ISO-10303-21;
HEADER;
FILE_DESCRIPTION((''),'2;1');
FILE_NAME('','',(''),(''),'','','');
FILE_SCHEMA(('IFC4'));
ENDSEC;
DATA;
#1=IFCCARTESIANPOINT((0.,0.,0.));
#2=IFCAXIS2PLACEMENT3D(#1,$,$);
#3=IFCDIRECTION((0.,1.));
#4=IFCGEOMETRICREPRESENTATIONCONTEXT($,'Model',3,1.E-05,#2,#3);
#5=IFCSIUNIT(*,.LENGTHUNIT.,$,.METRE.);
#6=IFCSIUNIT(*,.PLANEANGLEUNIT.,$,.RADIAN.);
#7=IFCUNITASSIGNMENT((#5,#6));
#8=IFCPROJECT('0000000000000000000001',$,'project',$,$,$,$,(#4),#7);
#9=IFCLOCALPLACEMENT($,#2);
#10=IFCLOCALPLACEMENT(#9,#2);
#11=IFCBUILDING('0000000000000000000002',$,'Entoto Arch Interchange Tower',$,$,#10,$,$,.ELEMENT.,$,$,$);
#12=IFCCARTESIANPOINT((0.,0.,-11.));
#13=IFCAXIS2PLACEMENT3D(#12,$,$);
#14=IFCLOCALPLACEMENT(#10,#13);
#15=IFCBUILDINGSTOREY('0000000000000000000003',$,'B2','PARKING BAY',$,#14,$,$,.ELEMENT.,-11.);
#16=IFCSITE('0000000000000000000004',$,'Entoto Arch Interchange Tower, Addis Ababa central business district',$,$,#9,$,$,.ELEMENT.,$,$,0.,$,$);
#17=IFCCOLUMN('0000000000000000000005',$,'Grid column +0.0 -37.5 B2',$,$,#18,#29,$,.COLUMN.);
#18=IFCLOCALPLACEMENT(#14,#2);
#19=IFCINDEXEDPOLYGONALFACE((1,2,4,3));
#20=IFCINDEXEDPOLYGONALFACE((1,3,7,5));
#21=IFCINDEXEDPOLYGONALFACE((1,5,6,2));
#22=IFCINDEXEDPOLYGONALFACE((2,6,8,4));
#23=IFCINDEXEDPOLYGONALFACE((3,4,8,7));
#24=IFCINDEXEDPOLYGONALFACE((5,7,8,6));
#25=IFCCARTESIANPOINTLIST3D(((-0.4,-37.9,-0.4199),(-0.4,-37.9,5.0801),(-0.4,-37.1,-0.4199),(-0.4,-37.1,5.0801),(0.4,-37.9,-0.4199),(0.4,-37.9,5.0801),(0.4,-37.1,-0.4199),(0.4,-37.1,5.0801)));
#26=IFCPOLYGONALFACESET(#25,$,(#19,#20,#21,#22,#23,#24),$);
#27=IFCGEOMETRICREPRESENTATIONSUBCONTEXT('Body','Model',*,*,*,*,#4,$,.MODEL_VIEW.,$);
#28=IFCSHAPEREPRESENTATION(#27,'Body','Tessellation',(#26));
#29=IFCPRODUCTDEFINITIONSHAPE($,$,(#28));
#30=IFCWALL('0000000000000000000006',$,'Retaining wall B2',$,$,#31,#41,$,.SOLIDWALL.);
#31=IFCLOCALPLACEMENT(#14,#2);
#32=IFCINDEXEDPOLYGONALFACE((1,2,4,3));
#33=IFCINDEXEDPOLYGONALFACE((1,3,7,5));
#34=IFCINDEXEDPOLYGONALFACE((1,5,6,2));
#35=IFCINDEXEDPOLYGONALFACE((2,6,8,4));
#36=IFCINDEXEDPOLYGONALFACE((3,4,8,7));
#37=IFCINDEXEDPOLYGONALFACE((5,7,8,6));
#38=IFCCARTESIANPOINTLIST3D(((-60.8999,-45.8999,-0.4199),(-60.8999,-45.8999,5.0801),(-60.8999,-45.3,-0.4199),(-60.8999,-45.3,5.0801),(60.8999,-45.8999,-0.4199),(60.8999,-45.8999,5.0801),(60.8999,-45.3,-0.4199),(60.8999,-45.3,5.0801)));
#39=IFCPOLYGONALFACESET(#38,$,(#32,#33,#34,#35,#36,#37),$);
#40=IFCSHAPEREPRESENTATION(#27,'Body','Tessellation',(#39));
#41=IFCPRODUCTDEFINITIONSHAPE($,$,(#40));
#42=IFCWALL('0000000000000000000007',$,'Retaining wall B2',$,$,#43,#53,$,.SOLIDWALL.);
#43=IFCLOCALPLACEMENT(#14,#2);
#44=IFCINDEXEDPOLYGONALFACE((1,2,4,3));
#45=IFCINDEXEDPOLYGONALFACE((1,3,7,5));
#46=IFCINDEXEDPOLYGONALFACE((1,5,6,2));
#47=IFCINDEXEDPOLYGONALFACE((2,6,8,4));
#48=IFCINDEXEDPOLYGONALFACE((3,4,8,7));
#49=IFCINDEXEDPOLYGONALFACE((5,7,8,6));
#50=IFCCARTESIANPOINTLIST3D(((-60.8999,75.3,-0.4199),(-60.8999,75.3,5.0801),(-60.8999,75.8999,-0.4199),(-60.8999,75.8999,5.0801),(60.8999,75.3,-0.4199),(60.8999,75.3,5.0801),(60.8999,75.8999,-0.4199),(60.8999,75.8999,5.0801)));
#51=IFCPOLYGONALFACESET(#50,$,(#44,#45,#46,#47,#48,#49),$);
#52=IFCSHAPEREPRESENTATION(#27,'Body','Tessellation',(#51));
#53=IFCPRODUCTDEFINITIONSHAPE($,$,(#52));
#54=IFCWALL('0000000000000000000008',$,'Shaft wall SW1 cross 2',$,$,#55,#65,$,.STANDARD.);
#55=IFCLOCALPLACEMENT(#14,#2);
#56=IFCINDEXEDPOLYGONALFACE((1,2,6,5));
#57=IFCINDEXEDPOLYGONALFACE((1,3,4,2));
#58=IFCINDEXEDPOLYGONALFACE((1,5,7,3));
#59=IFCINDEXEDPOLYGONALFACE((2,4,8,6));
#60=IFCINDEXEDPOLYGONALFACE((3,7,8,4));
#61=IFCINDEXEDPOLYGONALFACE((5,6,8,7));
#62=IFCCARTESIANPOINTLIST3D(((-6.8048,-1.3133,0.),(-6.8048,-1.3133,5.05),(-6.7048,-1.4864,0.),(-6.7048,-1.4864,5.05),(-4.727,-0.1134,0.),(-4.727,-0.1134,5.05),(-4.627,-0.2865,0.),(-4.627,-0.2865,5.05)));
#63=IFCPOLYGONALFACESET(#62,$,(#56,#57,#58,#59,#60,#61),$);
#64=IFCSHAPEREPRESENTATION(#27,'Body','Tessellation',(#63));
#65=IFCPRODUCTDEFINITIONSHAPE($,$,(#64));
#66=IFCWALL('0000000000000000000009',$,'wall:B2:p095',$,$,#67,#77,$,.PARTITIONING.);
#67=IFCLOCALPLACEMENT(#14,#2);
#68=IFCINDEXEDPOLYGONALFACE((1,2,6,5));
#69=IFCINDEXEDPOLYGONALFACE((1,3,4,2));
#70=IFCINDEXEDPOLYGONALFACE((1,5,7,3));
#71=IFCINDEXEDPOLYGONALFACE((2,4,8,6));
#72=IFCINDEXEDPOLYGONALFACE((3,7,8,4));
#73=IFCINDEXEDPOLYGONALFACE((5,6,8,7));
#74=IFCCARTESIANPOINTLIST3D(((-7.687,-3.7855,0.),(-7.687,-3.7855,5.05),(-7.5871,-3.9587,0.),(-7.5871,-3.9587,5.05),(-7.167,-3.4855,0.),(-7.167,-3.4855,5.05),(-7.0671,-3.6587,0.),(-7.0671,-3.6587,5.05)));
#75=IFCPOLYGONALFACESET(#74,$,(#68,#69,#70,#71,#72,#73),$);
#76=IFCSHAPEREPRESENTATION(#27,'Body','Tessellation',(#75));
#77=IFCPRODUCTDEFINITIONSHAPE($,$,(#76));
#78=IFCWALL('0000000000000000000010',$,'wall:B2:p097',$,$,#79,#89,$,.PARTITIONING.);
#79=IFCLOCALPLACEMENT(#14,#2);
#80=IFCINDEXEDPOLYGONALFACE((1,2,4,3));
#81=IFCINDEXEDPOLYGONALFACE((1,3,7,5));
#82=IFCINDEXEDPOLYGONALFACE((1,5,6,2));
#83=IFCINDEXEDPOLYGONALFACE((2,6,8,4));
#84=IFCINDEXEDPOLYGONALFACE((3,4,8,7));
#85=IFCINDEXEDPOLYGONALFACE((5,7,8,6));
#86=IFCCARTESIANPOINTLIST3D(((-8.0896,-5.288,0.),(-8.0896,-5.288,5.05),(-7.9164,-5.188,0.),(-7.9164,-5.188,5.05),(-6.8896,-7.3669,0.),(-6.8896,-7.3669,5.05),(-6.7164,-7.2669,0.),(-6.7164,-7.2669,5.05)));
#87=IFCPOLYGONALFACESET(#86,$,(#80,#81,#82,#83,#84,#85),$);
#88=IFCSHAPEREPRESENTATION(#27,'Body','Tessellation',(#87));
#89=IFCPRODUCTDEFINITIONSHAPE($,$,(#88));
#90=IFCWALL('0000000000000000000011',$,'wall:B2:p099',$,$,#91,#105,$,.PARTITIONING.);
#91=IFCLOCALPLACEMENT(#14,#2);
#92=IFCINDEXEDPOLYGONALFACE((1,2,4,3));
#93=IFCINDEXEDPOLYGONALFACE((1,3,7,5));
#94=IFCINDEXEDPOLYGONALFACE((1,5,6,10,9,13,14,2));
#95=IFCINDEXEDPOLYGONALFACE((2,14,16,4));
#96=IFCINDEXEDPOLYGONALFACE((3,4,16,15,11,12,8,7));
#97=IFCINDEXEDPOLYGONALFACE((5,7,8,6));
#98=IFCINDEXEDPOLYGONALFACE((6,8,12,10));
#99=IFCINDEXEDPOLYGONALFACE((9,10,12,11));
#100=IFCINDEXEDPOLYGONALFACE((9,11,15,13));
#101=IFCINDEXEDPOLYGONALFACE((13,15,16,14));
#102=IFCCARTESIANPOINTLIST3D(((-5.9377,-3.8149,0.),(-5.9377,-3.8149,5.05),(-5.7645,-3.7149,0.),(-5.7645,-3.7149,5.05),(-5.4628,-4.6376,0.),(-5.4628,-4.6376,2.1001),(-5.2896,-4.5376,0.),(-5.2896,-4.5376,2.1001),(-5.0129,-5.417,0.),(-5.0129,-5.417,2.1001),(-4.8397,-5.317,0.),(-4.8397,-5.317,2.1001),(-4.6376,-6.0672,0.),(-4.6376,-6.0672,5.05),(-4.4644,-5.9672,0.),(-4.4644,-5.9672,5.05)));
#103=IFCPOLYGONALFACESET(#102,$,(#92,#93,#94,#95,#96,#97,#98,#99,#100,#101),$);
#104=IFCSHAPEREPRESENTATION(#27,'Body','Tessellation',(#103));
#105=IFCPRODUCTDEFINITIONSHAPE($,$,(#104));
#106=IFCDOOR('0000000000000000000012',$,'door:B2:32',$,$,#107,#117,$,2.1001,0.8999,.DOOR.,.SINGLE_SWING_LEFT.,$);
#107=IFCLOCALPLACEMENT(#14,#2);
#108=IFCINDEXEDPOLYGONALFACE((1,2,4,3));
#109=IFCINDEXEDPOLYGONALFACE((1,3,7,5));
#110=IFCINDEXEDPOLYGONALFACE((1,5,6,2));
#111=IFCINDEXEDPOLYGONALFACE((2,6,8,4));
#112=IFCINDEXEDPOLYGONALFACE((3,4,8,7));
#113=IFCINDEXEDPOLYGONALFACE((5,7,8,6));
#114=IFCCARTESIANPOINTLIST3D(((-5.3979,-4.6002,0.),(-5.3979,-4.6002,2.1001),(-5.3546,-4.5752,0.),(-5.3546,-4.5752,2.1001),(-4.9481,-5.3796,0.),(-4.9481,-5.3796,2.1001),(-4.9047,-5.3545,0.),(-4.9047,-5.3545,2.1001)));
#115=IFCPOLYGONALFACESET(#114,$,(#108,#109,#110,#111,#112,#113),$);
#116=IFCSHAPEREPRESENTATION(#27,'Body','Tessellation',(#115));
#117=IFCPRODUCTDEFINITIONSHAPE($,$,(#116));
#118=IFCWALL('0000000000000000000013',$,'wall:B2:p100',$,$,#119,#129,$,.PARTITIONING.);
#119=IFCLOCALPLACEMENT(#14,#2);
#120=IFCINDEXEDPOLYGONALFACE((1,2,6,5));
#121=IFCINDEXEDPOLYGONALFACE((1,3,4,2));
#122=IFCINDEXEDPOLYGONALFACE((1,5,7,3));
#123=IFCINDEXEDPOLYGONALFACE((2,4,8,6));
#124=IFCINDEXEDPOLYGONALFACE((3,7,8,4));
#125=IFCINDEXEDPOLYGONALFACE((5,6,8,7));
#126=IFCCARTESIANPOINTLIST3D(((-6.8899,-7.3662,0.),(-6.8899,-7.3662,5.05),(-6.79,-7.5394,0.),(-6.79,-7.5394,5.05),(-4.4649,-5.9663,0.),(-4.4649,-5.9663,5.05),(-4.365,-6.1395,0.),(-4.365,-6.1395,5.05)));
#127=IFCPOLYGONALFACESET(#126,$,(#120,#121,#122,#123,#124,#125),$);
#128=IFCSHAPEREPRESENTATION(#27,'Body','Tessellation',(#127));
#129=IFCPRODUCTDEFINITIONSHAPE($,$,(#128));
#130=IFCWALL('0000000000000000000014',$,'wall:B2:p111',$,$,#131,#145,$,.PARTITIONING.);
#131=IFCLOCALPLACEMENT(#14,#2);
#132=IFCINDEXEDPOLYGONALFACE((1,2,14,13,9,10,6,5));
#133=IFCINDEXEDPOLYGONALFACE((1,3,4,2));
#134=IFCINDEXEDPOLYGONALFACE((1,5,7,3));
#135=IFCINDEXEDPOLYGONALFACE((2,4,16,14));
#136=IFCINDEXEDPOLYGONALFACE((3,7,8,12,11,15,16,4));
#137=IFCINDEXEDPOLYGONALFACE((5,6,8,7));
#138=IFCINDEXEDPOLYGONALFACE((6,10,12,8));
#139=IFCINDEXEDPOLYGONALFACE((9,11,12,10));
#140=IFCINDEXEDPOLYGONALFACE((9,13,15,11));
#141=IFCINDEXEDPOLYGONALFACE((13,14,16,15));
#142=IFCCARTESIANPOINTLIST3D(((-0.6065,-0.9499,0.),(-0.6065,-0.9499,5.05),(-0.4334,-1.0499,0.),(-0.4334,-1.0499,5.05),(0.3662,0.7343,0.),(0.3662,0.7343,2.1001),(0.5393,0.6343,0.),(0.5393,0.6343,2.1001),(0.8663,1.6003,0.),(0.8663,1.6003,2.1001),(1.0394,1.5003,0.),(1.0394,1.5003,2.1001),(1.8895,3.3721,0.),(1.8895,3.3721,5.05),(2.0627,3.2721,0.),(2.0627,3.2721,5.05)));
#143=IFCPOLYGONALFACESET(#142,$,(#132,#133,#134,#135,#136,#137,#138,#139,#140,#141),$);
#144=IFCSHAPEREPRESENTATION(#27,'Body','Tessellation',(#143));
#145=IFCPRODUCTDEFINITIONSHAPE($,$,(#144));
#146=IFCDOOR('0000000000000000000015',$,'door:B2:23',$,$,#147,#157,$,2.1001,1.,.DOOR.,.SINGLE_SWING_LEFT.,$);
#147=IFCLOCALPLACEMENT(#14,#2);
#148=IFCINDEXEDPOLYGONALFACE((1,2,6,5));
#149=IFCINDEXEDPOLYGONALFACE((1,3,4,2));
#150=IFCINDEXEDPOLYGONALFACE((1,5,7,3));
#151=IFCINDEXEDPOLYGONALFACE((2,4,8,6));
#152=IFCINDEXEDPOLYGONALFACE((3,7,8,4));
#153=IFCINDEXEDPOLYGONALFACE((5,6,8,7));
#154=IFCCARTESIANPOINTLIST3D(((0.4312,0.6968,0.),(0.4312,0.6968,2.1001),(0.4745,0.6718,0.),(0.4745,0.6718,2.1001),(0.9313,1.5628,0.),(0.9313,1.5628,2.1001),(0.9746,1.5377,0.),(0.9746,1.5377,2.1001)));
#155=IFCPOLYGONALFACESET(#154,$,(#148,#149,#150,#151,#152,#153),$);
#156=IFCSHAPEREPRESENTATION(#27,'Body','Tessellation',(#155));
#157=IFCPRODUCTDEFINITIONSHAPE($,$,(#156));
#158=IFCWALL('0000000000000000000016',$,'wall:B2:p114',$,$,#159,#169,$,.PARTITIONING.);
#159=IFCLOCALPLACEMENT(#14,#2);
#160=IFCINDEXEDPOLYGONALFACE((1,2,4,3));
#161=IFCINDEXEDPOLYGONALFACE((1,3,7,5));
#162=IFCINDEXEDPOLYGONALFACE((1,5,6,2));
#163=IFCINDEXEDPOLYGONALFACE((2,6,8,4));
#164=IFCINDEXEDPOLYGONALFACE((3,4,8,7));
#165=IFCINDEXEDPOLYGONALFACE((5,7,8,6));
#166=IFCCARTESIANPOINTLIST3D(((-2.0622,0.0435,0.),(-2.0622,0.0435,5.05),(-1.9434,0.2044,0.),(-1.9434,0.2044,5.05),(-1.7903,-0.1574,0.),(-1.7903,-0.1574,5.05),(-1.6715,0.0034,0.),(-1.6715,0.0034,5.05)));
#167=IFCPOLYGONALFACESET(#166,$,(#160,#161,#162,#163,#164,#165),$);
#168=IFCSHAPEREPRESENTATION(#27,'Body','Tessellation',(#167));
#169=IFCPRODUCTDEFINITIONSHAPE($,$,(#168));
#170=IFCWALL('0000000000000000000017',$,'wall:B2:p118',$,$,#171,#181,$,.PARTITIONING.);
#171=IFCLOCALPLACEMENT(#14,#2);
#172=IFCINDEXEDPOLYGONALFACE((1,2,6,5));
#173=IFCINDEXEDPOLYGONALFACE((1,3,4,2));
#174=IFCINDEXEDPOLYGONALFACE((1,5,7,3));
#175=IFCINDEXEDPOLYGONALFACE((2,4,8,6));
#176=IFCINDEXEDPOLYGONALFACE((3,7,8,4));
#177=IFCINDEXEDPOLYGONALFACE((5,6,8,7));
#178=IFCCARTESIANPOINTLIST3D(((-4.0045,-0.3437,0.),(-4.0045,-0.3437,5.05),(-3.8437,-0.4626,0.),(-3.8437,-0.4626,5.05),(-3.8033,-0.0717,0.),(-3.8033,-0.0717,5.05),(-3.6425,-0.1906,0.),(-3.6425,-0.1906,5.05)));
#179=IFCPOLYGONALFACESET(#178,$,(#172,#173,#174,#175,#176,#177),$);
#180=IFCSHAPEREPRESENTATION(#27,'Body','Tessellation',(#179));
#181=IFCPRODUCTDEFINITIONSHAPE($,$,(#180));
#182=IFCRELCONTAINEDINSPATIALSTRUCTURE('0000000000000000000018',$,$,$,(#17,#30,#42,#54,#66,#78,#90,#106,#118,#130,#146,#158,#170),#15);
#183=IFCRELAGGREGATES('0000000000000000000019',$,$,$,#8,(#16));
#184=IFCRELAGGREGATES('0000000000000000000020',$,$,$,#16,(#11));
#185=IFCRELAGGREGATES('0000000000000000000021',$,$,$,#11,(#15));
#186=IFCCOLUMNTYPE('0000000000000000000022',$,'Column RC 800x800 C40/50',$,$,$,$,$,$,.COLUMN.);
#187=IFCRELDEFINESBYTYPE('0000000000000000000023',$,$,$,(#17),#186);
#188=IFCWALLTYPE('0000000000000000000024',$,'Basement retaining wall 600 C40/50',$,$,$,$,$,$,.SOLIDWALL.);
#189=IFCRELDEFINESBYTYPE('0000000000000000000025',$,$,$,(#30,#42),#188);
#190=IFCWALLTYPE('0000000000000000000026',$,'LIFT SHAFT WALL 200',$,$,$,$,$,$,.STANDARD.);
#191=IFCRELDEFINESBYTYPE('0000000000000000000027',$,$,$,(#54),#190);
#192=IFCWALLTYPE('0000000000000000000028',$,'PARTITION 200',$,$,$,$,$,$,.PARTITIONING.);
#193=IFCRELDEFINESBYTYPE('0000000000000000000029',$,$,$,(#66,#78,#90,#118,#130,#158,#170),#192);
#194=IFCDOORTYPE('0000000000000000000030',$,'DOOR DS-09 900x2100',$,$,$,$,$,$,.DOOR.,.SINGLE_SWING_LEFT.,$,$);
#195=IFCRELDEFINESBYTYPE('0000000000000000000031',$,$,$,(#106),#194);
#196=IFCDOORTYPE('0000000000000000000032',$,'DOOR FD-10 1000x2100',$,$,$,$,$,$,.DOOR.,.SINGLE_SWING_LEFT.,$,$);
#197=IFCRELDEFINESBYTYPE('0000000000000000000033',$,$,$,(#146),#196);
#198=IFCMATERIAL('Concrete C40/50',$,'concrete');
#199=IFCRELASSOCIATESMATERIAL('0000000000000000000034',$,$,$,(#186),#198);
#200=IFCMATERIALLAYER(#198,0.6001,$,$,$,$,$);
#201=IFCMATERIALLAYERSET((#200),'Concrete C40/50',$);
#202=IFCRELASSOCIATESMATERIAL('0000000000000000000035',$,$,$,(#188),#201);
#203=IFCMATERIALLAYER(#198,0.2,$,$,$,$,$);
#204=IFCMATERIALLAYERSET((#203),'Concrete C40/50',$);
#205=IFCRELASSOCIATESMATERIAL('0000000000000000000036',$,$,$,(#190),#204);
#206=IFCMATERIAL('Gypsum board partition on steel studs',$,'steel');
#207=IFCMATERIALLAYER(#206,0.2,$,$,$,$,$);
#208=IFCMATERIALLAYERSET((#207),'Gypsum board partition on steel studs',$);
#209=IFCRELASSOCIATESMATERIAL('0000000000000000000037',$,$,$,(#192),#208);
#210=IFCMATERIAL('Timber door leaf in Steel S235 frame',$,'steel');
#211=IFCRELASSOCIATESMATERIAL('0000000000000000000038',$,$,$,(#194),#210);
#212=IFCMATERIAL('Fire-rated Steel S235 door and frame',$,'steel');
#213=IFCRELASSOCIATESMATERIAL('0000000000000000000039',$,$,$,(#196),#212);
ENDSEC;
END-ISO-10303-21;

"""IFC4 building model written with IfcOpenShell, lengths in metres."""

from ifc_helpers import new_model, si_unit, direction, frame, frame_2d, origin, origin_2d, place, context, subcontext, project, spatial, polyline, rectangle, outline, extrude, material, layer, layer_set, material_profile, profile_set, type_object, element, fill, save


model = new_model("IFC4")

# Units and contexts
model_context = context("Model", 3, precision=1e-05, world=origin(), true_north=direction((0.0, 1.0)))
body_context = subcontext(model_context, "Body", "Model", "MODEL_VIEW")
ifc_project = project(units=[si_unit("LENGTHUNIT", "METRE"), si_unit("PLANEANGLEUNIT", "RADIAN")], contexts=[model_context])

# Site, building, storey
site_placement = place(None, origin())
site = spatial("IfcSite", under=ifc_project, at=site_placement, Name="Entoto Arch Interchange Tower, Addis Ababa central business district", CompositionType="ELEMENT", RefElevation=0.0)
building_placement = place(site_placement, origin())
building = spatial("IfcBuilding", under=site, at=building_placement, Name="Entoto Arch Interchange Tower", CompositionType="ELEMENT")
storey_placement = place(building_placement, frame((0.0, 0.0, -11.0)))
storey = spatial("IfcBuildingStorey", under=building, at=storey_placement, Name="B2", Description="PARKING BAY", CompositionType="ELEMENT", Elevation=-11.0)

# Column
ifc_material_1 = material(Name="Concrete C40/50", Category="concrete")
ifc_material_profile = material_profile(ifc_material_1, rectangle(XDim=0.8, YDim=0.8, at=origin_2d()))
ifc_profile_set = profile_set([ifc_material_profile], Name="Concrete C40/50")
column_type = type_object("IfcColumnType", Name="Column RC 800x800 C40/50", PredefinedType="COLUMN", material=ifc_profile_set)
column_placement = place(storey_placement, frame((0.0, -37.5, -0.4199), z_axis=(0.0, 0.0, 1.0), x_axis=(1.0, 0.0, 0.0)))
element("IfcColumn", 1, at=column_placement, inside=storey, type_object=column_type, Name="Grid column +0.0 -37.5 B2", PredefinedType="COLUMN", context=body_context, shape_type="SweptSolid", body=[
    extrude(rectangle(XDim=0.8, YDim=0.8, at=origin_2d()), origin(), (0.0, 0.0, 1.0), 5.5),
])

# Walls
ifc_layer_1 = layer(ifc_material_1, 0.6001)
ifc_layer_set_1 = layer_set([ifc_layer_1], Name="Concrete C40/50")
wall_type_1 = type_object("IfcWallType", Name="Basement retaining wall 600 C40/50", PredefinedType="SOLIDWALL", material=ifc_layer_set_1)
wall_1_placement = place(storey_placement, frame((0.0, 0.0, -0.4199)))
element("IfcWall", 2, at=wall_1_placement, inside=storey, type_object=wall_type_1, Name="Retaining wall B2", PredefinedType="SOLIDWALL", context=body_context, shape_type="SweptSolid", body=[
    extrude(outline(polyline([(60.8999, -45.8999), (60.8999, -45.3), (-60.8999, -45.3), (-60.8999, -45.8999), (60.8999, -45.8999)])), origin(), (0.0, 0.0, 1.0), 5.5),
])
wall_2_placement = place(storey_placement, frame((0.0, 0.0, -0.4199)))
element("IfcWall", 3, at=wall_2_placement, inside=storey, type_object=wall_type_1, Name="Retaining wall B2", PredefinedType="SOLIDWALL", context=body_context, shape_type="SweptSolid", body=[
    extrude(outline(polyline([(60.8999, 75.3), (60.8999, 75.8999), (-60.8999, 75.8999), (-60.8999, 75.3), (60.8999, 75.3)])), origin(), (0.0, 0.0, 1.0), 5.5),
])
ifc_layer_2 = layer(ifc_material_1, 0.2)
ifc_layer_set_2 = layer_set([ifc_layer_2], Name="Concrete C40/50")
wall_type_2 = type_object("IfcWallType", Name="LIFT SHAFT WALL 200", PredefinedType="STANDARD", material=ifc_layer_set_2)
wall_3_placement = place(storey_placement, frame((-4.677, -0.2, 0.0), z_axis=(0.0, 0.0, 1.0), x_axis=(-0.865974, -0.500089, 0.0)))
element("IfcWall", 4, at=wall_3_placement, inside=storey, type_object=wall_type_2, Name="Shaft wall SW1 cross 2", PredefinedType="STANDARD", context=body_context, shape_type="SweptSolid", body=[
    extrude(rectangle(XDim=2.3994, YDim=0.2, at=frame_2d((1.1997, 0.0))), origin(), (0.0, 0.0, 1.0), 5.05),
])
ifc_material_2 = material(Name="Gypsum board partition on steel studs", Category="steel")
ifc_layer_3 = layer(ifc_material_2, 0.2)
ifc_layer_set_3 = layer_set([ifc_layer_3], Name="Gypsum board partition on steel studs")
wall_type_3 = type_object("IfcWallType", Name="PARTITION 200", PredefinedType="PARTITIONING", material=ifc_layer_set_3)
wall_4_placement = place(storey_placement, frame((-7.1169, -3.572, 0.0), z_axis=(0.0, 0.0, 1.0), x_axis=(-0.866159, -0.499769, 0.0)))
element("IfcWall", 5, at=wall_4_placement, inside=storey, type_object=wall_type_3, Name="wall:B2:p095", PredefinedType="PARTITIONING", context=body_context, shape_type="SweptSolid", body=[
    extrude(rectangle(XDim=0.6003, YDim=0.2, at=frame_2d((0.3003, 0.0))), origin(), (0.0, 0.0, 1.0), 5.05),
])
wall_5_placement = place(storey_placement, frame((-6.803, -7.3169, 0.0), z_axis=(0.0, 0.0, 1.0), x_axis=(-0.499913, 0.866075, 0.0)))
element("IfcWall", 6, at=wall_5_placement, inside=storey, type_object=wall_type_3, Name="wall:B2:p097", PredefinedType="PARTITIONING", context=body_context, shape_type="SweptSolid", body=[
    extrude(rectangle(XDim=2.4004, YDim=0.2, at=frame_2d((1.2002, 0.0))), origin(), (0.0, 0.0, 1.0), 5.05),
])

# Wall, opening, door
wall_6_placement = place(storey_placement, frame((-5.8511, -3.7649, 0.0), z_axis=(0.0, 0.0, 1.0), x_axis=(0.499926, -0.866068, 0.0)))
wall_6 = element("IfcWall", 7, at=wall_6_placement, inside=storey, type_object=wall_type_3, Name="wall:B2:p099", PredefinedType="PARTITIONING", context=body_context, shape_type="SweptSolid", body=[
    extrude(rectangle(XDim=2.6006, YDim=0.2, at=frame_2d((1.3003, 0.0))), origin(), (0.0, 0.0, 1.0), 5.05),
])
opening_1_placement = place(wall_6_placement, frame((0.95, 0.0, 0.0)))
opening_1 = element("IfcOpeningElement", 8, at=opening_1_placement, cuts=wall_6, PredefinedType="OPENING", context=body_context, shape_type="SweptSolid", body=[
    extrude(rectangle(XDim=0.8999, YDim=2.1001, at=frame_2d((0.45, 1.05))), frame((0.0, 0.1099, 0.0), z_axis=(0.0, -1.0, 0.0), x_axis=(1.0, 0.0, 0.0)), (0.0, 0.0, 1.0), 0.22),
])
ifc_material_3 = material(Name="Timber door leaf in Steel S235 frame", Category="steel")
door_type_1 = type_object("IfcDoorType", Name="DOOR DS-09 900x2100", OperationType="SINGLE_SWING_LEFT", PredefinedType="DOOR", material=ifc_material_3)
door_1_placement = place(opening_1_placement, origin())
door_1 = element("IfcDoor", 9, at=door_1_placement, inside=storey, type_object=door_type_1, Name="door:B2:32", OperationType="SINGLE_SWING_LEFT", OverallHeight=2.1001, OverallWidth=0.8999, PredefinedType="DOOR", context=body_context, shape_type="SweptSolid", body=[
    extrude(rectangle(XDim=0.8999, YDim=2.1001, at=frame_2d((0.45, 1.05))), frame((0.0, 0.0249, 0.0), z_axis=(0.0, -1.0, 0.0), x_axis=(1.0, 0.0, 0.0)), (0.0, 0.0, 1.0), 0.05),
])
fill(opening_1, door_1)

# Wall
wall_7_placement = place(storey_placement, frame((-4.415, -6.053, 0.0), z_axis=(0.0, 0.0, 1.0), x_axis=(-0.866056, -0.499946, 0.0)))
element("IfcWall", 10, at=wall_7_placement, inside=storey, type_object=wall_type_3, Name="wall:B2:p100", PredefinedType="PARTITIONING", context=body_context, shape_type="SweptSolid", body=[
    extrude(rectangle(XDim=2.8, YDim=0.2, at=frame_2d((1.3999, 0.0))), origin(), (0.0, 0.0, 1.0), 5.05),
])

# Wall, opening, door
wall_8_placement = place(storey_placement, frame((-0.52, -1.0, 0.0), z_axis=(0.0, 0.0, 1.0), x_axis=(0.500116, 0.865958, 0.0)))
wall_8 = element("IfcWall", 11, at=wall_8_placement, inside=storey, type_object=wall_type_3, Name="wall:B2:p111", PredefinedType="PARTITIONING", context=body_context, shape_type="SweptSolid", body=[
    extrude(rectangle(XDim=4.991, YDim=0.2, at=frame_2d((2.4956, 0.0))), origin(), (0.0, 0.0, 1.0), 5.05),
])
opening_2_placement = place(wall_8_placement, frame((1.9451, 0.0, 0.0)))
opening_2 = element("IfcOpeningElement", 12, at=opening_2_placement, cuts=wall_8, PredefinedType="OPENING", context=body_context, shape_type="SweptSolid", body=[
    extrude(rectangle(XDim=1.0, YDim=2.1001, at=frame_2d((0.5, 1.05))), frame((0.0, 0.1099, 0.0), z_axis=(0.0, -1.0, 0.0), x_axis=(1.0, 0.0, 0.0)), (0.0, 0.0, 1.0), 0.22),
])
ifc_material_4 = material(Name="Fire-rated Steel S235 door and frame", Category="steel")
door_type_2 = type_object("IfcDoorType", Name="DOOR FD-10 1000x2100", OperationType="SINGLE_SWING_LEFT", PredefinedType="DOOR", material=ifc_material_4)
door_2_placement = place(opening_2_placement, origin())
door_2 = element("IfcDoor", 13, at=door_2_placement, inside=storey, type_object=door_type_2, Name="door:B2:23", OperationType="SINGLE_SWING_LEFT", OverallHeight=2.1001, OverallWidth=1.0, PredefinedType="DOOR", context=body_context, shape_type="SweptSolid", body=[
    extrude(rectangle(XDim=1.0, YDim=2.1001, at=frame_2d((0.5, 1.05))), frame((0.0, 0.0249, 0.0), z_axis=(0.0, -1.0, 0.0), x_axis=(1.0, 0.0, 0.0)), (0.0, 0.0, 1.0), 0.05),
])
fill(opening_2, door_2)

# Walls
wall_9_placement = place(storey_placement, frame((-1.731, -0.0769, 0.0), z_axis=(0.0, 0.0, 1.0), x_axis=(-0.804311, 0.594208, 0.0)))
element("IfcWall", 14, at=wall_9_placement, inside=storey, type_object=wall_type_3, Name="wall:B2:p114", PredefinedType="PARTITIONING", context=body_context, shape_type="SweptSolid", body=[
    extrude(rectangle(XDim=0.3381, YDim=0.2, at=frame_2d((0.1689, 0.0))), origin(), (0.0, 0.0, 1.0), 5.05),
])
wall_10_placement = place(storey_placement, frame((-3.7229, -0.1311, 0.0), z_axis=(0.0, 0.0, 1.0), x_axis=(-0.594675, -0.803966, 0.0)))
element("IfcWall", 15, at=wall_10_placement, inside=storey, type_object=wall_type_3, Name="wall:B2:p118", PredefinedType="PARTITIONING", context=body_context, shape_type="SweptSolid", body=[
    extrude(rectangle(XDim=0.3384, YDim=0.2, at=frame_2d((0.1692, 0.0))), origin(), (0.0, 0.0, 1.0), 5.05),
])

save(model, "model.ifc")
